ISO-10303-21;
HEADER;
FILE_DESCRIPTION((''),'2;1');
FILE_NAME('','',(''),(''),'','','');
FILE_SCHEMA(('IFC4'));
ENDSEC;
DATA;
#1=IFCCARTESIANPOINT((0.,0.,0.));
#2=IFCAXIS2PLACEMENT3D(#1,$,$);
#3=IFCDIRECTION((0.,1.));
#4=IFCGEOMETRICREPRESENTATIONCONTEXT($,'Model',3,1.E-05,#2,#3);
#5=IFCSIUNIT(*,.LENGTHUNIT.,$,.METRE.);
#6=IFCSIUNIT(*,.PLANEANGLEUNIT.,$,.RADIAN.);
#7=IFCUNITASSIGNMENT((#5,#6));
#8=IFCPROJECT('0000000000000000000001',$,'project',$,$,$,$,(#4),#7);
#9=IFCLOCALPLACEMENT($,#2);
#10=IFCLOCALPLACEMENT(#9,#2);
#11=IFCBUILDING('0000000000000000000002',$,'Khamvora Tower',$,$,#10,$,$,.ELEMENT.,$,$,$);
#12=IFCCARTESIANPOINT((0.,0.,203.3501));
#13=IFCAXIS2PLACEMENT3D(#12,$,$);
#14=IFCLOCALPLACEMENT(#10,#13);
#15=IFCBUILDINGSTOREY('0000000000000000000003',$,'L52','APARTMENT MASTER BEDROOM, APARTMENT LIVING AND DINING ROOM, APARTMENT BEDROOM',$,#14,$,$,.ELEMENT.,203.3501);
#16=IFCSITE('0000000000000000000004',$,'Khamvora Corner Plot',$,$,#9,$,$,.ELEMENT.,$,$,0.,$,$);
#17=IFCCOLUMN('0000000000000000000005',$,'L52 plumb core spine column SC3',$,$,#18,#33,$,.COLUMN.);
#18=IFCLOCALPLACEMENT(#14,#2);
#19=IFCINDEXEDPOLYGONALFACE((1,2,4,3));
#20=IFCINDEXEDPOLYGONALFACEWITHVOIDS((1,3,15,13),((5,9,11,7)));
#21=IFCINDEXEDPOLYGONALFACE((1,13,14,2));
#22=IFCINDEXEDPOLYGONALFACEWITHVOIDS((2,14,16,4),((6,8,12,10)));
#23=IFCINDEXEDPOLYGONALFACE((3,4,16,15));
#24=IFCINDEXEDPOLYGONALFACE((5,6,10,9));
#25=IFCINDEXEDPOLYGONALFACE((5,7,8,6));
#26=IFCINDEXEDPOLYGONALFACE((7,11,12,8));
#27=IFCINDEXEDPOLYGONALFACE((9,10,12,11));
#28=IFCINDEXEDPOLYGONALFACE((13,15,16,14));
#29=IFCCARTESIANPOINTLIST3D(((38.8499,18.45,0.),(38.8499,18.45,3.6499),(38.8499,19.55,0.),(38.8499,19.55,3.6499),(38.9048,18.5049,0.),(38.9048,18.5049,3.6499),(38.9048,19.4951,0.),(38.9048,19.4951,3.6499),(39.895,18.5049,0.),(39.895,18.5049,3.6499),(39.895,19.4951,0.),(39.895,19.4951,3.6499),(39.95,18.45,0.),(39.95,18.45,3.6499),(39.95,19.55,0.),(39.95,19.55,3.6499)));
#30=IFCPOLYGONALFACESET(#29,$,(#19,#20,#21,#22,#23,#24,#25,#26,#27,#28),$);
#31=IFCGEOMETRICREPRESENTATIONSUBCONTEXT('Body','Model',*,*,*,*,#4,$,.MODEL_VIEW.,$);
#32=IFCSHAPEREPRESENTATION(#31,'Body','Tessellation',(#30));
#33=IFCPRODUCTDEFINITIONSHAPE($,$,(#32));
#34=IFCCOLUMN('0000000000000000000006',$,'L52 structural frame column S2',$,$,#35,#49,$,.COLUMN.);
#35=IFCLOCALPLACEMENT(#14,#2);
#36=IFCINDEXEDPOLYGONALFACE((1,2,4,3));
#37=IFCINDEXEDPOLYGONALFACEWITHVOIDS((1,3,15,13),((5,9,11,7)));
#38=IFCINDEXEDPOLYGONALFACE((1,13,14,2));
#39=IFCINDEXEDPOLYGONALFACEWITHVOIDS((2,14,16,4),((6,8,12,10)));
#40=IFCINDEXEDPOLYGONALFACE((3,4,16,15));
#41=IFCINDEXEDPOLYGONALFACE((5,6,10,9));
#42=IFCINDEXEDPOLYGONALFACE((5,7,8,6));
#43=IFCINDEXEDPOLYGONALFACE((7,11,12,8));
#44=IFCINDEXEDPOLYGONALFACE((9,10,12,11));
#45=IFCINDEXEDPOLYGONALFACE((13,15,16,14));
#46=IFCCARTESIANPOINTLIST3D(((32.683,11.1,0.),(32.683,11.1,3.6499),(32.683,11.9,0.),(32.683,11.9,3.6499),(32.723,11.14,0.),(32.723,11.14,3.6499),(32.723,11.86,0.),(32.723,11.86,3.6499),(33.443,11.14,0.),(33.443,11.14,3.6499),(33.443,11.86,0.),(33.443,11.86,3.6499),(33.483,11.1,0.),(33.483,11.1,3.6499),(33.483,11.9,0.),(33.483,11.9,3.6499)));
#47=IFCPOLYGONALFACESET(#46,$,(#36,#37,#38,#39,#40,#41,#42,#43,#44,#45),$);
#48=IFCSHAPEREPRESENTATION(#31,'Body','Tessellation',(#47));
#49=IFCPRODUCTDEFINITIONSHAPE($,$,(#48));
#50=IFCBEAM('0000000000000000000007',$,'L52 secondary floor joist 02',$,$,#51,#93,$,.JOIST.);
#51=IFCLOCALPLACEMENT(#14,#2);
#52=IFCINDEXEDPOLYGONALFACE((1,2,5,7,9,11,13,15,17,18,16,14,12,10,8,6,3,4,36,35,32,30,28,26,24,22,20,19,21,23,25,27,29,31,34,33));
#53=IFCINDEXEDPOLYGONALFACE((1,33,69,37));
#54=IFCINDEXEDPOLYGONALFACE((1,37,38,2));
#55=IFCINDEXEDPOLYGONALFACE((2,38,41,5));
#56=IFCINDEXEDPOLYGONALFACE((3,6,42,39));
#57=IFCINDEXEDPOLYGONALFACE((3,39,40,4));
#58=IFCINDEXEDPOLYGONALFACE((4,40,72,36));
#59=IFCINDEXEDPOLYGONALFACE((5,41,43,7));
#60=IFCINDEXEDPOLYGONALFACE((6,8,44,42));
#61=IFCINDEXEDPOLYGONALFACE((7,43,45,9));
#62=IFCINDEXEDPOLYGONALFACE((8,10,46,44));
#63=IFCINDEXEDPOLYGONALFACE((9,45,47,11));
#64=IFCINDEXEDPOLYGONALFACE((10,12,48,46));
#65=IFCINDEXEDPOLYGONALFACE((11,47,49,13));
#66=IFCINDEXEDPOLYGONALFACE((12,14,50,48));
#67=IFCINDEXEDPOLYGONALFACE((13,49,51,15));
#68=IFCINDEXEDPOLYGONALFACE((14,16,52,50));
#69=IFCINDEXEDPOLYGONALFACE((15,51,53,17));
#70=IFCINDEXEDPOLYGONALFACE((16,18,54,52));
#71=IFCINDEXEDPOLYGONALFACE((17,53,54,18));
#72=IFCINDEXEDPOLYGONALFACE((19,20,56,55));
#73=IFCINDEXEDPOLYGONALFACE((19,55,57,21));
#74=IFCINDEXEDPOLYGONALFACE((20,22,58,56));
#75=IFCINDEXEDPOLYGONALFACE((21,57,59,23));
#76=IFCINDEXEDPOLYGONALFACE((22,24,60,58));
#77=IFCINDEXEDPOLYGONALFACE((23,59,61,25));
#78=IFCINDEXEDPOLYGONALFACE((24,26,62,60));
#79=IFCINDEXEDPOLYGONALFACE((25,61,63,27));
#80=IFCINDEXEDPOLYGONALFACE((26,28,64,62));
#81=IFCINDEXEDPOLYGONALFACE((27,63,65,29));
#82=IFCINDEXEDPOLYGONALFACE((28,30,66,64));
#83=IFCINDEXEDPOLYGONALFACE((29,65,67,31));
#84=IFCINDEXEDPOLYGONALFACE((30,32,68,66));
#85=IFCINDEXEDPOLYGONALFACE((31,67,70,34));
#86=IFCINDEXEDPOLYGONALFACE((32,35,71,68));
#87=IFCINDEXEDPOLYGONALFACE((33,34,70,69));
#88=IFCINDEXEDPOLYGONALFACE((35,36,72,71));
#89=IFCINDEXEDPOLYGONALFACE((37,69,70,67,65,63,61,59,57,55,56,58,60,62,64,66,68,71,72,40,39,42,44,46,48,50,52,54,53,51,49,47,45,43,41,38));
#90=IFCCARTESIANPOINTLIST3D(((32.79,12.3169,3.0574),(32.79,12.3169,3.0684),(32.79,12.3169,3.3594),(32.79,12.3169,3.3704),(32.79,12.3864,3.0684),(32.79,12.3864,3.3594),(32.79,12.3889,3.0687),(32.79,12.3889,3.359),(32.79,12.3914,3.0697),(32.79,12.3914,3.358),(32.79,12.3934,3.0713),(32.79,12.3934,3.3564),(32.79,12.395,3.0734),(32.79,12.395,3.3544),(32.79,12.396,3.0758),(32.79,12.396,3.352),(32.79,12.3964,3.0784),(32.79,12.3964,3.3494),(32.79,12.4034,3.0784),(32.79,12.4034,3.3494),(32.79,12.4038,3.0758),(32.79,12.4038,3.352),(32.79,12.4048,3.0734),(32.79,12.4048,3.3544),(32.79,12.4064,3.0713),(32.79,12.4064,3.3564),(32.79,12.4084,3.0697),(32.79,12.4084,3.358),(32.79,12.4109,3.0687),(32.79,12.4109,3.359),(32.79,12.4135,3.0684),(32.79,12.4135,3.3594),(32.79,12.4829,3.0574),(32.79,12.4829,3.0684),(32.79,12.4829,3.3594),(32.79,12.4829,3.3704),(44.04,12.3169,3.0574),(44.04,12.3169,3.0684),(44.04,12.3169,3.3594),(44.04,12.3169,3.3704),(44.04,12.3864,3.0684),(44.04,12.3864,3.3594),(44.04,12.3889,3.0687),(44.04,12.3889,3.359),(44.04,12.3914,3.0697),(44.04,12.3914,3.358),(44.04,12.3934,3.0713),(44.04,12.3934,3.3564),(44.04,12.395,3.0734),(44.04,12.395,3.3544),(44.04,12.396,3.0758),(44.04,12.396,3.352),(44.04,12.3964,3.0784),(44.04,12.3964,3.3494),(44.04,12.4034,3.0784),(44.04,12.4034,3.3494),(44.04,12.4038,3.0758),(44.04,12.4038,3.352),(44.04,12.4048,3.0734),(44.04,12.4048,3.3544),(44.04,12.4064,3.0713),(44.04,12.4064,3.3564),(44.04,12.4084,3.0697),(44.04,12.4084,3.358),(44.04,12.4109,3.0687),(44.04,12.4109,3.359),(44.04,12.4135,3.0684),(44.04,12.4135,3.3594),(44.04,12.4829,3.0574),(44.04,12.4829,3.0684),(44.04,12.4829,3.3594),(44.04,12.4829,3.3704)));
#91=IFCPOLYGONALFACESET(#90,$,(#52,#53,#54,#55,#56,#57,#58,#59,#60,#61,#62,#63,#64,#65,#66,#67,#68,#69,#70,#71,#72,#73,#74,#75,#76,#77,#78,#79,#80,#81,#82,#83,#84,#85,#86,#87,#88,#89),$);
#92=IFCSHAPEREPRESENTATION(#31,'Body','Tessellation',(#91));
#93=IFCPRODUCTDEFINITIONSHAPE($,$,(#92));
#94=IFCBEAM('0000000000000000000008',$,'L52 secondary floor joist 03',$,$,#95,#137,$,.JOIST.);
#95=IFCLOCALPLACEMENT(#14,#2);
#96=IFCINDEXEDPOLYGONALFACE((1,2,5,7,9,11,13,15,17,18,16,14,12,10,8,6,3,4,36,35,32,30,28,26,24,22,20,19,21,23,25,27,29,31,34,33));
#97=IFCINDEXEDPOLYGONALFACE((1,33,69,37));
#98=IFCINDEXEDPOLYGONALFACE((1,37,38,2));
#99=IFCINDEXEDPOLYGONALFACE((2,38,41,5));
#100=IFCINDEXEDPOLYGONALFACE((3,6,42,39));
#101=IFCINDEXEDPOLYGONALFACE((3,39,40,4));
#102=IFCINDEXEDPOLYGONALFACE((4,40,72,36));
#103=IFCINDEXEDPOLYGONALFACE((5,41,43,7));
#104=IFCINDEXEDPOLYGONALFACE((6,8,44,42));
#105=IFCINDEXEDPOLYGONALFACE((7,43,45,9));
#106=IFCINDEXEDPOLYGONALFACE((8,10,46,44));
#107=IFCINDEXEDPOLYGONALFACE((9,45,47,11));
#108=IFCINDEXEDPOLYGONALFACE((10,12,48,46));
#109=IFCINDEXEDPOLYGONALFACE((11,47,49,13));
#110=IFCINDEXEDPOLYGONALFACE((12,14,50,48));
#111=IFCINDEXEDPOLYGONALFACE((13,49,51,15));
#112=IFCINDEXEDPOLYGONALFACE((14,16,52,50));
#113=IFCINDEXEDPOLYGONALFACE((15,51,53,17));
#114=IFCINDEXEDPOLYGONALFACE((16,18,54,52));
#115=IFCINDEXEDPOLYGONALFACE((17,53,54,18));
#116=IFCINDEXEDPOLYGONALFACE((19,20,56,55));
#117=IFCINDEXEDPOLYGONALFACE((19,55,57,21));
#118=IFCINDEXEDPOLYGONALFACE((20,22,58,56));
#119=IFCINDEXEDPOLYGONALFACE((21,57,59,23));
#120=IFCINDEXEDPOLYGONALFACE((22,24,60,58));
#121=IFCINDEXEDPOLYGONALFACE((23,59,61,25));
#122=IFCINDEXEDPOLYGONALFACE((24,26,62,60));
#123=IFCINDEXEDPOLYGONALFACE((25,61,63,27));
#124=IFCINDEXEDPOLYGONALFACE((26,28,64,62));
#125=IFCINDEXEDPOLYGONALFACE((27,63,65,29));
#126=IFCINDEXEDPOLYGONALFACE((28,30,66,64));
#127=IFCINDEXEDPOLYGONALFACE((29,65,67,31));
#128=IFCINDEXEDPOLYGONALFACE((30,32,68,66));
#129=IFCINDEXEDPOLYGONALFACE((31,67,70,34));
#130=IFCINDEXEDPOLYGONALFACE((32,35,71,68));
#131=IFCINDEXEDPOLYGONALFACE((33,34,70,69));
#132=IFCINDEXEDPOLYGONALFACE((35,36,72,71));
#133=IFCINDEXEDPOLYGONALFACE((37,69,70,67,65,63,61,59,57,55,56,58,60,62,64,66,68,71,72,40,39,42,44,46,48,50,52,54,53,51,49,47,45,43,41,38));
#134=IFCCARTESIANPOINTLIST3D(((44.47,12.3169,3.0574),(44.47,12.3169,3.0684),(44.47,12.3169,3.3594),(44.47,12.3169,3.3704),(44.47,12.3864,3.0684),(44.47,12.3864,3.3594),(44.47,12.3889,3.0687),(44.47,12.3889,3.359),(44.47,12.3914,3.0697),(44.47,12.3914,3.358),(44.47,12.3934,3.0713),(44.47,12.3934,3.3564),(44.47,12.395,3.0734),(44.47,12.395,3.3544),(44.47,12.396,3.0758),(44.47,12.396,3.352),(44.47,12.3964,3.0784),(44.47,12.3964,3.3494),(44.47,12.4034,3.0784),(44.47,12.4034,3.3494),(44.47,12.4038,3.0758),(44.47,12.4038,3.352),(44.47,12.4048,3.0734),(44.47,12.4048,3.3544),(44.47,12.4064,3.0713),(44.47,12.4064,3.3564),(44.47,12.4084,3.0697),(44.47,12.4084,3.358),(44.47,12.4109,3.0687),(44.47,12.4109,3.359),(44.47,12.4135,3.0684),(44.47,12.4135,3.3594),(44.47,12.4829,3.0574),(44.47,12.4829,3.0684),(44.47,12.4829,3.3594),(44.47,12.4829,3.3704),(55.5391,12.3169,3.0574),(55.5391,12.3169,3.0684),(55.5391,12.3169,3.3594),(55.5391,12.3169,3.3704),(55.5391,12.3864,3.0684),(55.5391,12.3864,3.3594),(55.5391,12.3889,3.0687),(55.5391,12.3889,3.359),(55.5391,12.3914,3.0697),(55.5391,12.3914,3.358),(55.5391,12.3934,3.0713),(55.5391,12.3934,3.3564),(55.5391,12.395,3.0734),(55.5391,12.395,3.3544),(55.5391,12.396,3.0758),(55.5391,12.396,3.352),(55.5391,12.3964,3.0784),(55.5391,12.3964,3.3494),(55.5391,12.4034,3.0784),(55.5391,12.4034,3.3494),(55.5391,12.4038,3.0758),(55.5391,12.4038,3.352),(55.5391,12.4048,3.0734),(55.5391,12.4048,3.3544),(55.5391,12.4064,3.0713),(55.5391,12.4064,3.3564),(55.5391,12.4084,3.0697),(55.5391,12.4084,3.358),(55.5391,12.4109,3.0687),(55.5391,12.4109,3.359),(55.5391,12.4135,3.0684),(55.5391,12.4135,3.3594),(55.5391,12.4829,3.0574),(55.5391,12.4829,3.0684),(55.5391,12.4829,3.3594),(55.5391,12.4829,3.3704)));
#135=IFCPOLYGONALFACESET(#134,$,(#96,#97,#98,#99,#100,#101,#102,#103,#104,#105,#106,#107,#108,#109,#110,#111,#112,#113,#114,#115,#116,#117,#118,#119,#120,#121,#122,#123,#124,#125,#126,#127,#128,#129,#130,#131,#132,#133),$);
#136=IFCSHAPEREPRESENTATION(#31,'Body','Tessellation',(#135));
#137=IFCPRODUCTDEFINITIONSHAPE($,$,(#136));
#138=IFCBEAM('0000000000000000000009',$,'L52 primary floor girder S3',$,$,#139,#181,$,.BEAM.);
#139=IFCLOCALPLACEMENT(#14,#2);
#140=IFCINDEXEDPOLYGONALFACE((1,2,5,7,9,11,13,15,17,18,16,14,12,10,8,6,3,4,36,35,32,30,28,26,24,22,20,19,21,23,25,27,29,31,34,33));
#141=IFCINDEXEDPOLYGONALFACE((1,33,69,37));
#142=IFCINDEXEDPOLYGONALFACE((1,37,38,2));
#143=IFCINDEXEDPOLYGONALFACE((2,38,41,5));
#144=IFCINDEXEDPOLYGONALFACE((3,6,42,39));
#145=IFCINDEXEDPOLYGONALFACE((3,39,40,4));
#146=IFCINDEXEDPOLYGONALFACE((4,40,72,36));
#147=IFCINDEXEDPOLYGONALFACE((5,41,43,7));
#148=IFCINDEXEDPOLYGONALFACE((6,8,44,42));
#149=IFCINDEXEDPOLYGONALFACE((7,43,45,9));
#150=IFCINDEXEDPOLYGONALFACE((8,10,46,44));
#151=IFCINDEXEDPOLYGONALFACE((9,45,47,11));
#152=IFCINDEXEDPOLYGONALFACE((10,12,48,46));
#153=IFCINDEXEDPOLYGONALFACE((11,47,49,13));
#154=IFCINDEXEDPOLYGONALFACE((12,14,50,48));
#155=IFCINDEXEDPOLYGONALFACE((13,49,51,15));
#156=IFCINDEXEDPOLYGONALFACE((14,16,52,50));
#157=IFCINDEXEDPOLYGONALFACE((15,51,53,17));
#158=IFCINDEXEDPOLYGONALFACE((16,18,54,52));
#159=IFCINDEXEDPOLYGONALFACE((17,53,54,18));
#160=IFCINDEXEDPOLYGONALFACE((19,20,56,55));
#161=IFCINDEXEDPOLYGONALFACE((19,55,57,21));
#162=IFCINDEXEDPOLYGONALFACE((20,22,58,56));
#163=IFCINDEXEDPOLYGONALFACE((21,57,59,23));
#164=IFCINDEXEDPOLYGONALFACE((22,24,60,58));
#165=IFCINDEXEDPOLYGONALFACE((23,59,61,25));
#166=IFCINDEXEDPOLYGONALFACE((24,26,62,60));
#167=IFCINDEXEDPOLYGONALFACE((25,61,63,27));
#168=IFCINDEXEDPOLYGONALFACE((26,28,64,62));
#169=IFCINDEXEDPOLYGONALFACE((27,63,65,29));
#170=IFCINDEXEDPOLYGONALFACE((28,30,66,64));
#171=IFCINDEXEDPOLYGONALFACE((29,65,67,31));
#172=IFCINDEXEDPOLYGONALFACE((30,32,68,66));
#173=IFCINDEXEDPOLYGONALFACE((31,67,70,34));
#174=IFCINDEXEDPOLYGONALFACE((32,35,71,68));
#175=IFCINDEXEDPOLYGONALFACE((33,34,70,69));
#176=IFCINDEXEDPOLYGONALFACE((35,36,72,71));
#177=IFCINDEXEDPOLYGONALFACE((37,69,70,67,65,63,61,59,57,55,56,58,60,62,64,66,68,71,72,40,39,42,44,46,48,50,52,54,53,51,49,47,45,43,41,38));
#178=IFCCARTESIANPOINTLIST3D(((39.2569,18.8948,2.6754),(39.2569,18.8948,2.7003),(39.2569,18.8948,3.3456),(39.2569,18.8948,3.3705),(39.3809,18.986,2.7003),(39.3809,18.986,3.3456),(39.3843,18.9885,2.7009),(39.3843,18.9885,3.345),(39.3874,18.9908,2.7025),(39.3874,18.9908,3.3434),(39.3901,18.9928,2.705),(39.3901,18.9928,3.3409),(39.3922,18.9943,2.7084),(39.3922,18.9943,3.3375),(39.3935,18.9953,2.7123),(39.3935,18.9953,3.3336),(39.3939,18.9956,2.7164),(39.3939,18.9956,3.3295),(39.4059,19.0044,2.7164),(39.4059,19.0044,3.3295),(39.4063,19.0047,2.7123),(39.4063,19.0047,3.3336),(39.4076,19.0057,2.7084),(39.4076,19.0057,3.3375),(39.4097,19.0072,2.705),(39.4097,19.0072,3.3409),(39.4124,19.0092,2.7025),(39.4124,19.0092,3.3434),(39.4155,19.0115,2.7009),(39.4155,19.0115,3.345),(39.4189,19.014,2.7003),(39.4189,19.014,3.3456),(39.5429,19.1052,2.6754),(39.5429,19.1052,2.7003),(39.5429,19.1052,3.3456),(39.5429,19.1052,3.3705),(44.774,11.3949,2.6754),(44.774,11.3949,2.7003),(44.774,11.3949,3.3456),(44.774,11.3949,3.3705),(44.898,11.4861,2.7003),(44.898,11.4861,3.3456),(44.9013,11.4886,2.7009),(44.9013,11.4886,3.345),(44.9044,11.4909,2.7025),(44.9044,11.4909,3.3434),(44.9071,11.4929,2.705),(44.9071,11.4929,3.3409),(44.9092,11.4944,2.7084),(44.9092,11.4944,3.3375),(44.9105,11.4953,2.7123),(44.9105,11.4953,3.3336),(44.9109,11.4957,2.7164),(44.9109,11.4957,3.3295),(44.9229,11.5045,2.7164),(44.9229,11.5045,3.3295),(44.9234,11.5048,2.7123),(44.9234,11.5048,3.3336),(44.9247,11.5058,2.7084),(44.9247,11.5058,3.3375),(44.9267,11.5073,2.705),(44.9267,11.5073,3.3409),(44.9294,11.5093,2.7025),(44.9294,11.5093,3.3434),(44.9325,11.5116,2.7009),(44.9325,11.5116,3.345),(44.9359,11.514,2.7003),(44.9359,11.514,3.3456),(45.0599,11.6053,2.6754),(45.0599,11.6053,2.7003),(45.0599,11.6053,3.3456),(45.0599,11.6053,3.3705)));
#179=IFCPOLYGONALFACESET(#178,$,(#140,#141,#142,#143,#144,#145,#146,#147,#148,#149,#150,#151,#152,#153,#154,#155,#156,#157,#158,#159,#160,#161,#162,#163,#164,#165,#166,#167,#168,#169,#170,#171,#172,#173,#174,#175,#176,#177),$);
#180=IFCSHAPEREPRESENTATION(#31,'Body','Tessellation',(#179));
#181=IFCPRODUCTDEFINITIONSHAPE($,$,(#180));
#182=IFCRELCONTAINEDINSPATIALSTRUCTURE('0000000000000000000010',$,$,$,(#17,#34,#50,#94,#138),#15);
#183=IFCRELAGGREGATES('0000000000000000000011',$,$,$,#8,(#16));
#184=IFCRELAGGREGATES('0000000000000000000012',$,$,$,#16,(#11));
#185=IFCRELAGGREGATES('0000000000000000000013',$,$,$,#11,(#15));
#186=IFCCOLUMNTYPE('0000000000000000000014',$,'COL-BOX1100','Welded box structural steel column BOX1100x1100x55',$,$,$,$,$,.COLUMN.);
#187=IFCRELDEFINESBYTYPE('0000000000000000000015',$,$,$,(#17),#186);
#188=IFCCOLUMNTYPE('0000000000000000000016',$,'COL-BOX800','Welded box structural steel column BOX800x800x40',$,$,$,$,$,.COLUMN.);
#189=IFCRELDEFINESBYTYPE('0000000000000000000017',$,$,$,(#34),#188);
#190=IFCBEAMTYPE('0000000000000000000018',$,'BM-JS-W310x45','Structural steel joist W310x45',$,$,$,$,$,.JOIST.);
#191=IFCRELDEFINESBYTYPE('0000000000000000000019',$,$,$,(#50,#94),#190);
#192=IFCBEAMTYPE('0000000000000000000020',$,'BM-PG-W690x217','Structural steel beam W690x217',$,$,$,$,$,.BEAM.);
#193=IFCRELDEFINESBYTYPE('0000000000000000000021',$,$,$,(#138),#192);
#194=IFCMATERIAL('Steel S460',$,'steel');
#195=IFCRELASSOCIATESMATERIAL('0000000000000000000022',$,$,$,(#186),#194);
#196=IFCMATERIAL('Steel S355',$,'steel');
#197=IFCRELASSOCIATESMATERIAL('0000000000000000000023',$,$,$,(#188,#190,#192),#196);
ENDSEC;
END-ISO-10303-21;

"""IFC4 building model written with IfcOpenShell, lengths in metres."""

from ifc_helpers import new_model, si_unit, direction, frame, origin, origin_2d, place, context, subcontext, project, spatial, hollow_rectangle, i_section, extrude, material, material_profile, profile_set, type_object, element, save


model = new_model("IFC4")

# Units and contexts
model_context = context("Model", 3, precision=1e-05, world=origin(), true_north=direction((0.0, 1.0)))
body_context = subcontext(model_context, "Body", "Model", "MODEL_VIEW")
ifc_project = project(units=[si_unit("LENGTHUNIT", "METRE"), si_unit("PLANEANGLEUNIT", "RADIAN")], contexts=[model_context])

# Site, building, storey
site_placement = place(None, origin())
site = spatial("IfcSite", under=ifc_project, at=site_placement, Name="Khamvora Corner Plot", CompositionType="ELEMENT", RefElevation=0.0)
building_placement = place(site_placement, origin())
building = spatial("IfcBuilding", under=site, at=building_placement, Name="Khamvora Tower", CompositionType="ELEMENT")
storey_placement = place(building_placement, frame((0.0, 0.0, 203.3501)))
storey = spatial("IfcBuildingStorey", under=building, at=storey_placement, Name="L52", Description="APARTMENT MASTER BEDROOM, APARTMENT LIVING AND DINING ROOM, APARTMENT BEDROOM", CompositionType="ELEMENT", Elevation=203.3501)

# Columns
ifc_material_1 = material(Name="Steel S460", Category="steel")
ifc_material_profile_1 = material_profile(ifc_material_1, hollow_rectangle(XDim=1.1001, YDim=1.1001, WallThickness=0.0549, at=origin_2d()), Name="BOX1100x1100x55")
ifc_profile_set_1 = profile_set([ifc_material_profile_1], Name="Steel S460")
column_type_1 = type_object("IfcColumnType", Name="COL-BOX1100", Description="Welded box structural steel column BOX1100x1100x55", PredefinedType="COLUMN", material=ifc_profile_set_1)
column_1_placement = place(storey_placement, frame((39.3999, 19.0, 0.0), z_axis=(0.0, 0.0, 1.0), x_axis=(1.0, 0.0, 0.0)))
element("IfcColumn", 1, at=column_1_placement, inside=storey, type_object=column_type_1, Name="L52 plumb core spine column SC3", PredefinedType="COLUMN", context=body_context, shape_type="SweptSolid", body=[
    extrude(hollow_rectangle(XDim=1.1001, YDim=1.1001, WallThickness=0.0549, at=origin_2d()), origin(), (0.0, 0.0, 1.0), 3.6499),
])
ifc_material_2 = material(Name="Steel S355", Category="steel")
ifc_material_profile_2 = material_profile(ifc_material_2, hollow_rectangle(XDim=0.8, YDim=0.8, WallThickness=0.04, at=origin_2d()), Name="BOX800x800x40")
ifc_profile_set_2 = profile_set([ifc_material_profile_2], Name="Steel S355")
column_type_2 = type_object("IfcColumnType", Name="COL-BOX800", Description="Welded box structural steel column BOX800x800x40", PredefinedType="COLUMN", material=ifc_profile_set_2)
column_2_placement = place(storey_placement, frame((33.083, 11.5, 0.0), z_axis=(0.0, 0.0, 1.0), x_axis=(1.0, 0.0, 0.0)))
element("IfcColumn", 2, at=column_2_placement, inside=storey, type_object=column_type_2, Name="L52 structural frame column S2", PredefinedType="COLUMN", context=body_context, shape_type="SweptSolid", body=[
    extrude(hollow_rectangle(XDim=0.8, YDim=0.8, WallThickness=0.04, at=origin_2d()), origin(), (0.0, 0.0, 1.0), 3.6499),
])

# Beams
ifc_material_profile_3 = material_profile(ifc_material_2, i_section(OverallWidth=0.166, OverallDepth=0.313, WebThickness=0.0071, FlangeThickness=0.011, FilletRadius=0.01, at=origin_2d()), Name="W310x45")
ifc_profile_set_3 = profile_set([ifc_material_profile_3], Name="Steel S355")
beam_type_1 = type_object("IfcBeamType", Name="BM-JS-W310x45", Description="Structural steel joist W310x45", PredefinedType="JOIST", material=ifc_profile_set_3)
beam_1_placement = place(storey_placement, frame((32.79, 12.3999, 3.2139), z_axis=(1.0, 0.0, 0.0), x_axis=(0.0, 1.0, 0.0)))
element("IfcBeam", 3, at=beam_1_placement, inside=storey, type_object=beam_type_1, Name="L52 secondary floor joist 02", PredefinedType="JOIST", context=body_context, shape_type="SweptSolid", body=[
    extrude(i_section(OverallWidth=0.166, OverallDepth=0.313, WebThickness=0.0071, FlangeThickness=0.011, FilletRadius=0.01, at=origin_2d()), origin(), (0.0, 0.0, 1.0), 11.25),
])
beam_2_placement = place(storey_placement, frame((44.47, 12.3999, 3.2139), z_axis=(1.0, 0.0, 0.0), x_axis=(0.0, 1.0, 0.0)))
element("IfcBeam", 4, at=beam_2_placement, inside=storey, type_object=beam_type_1, Name="L52 secondary floor joist 03", PredefinedType="JOIST", context=body_context, shape_type="SweptSolid", body=[
    extrude(i_section(OverallWidth=0.166, OverallDepth=0.313, WebThickness=0.0071, FlangeThickness=0.011, FilletRadius=0.01, at=origin_2d()), origin(), (0.0, 0.0, 1.0), 11.0691),
])
ifc_material_profile_4 = material_profile(ifc_material_2, i_section(OverallWidth=0.355, OverallDepth=0.6951, WebThickness=0.0149, FlangeThickness=0.0249, FilletRadius=0.0161, at=origin_2d()), Name="W690x217")
ifc_profile_set_4 = profile_set([ifc_material_profile_4], Name="Steel S355")
beam_type_2 = type_object("IfcBeamType", Name="BM-PG-W690x217", Description="Structural steel beam W690x217", PredefinedType="BEAM", material=ifc_profile_set_4)
beam_3_placement = place(storey_placement, frame((39.3999, 19.0, 3.0229), z_axis=(0.592557, -0.805529, 0.0), x_axis=(0.805529, 0.592557, 0.0)))
element("IfcBeam", 5, at=beam_3_placement, inside=storey, type_object=beam_type_2, Name="L52 primary floor girder S3", PredefinedType="BEAM", context=body_context, shape_type="SweptSolid", body=[
    extrude(i_section(OverallWidth=0.355, OverallDepth=0.6951, WebThickness=0.0149, FlangeThickness=0.0249, FilletRadius=0.0161, at=origin_2d()), origin(), (0.0, 0.0, 1.0), 9.3105),
])

save(model, "model.ifc")
